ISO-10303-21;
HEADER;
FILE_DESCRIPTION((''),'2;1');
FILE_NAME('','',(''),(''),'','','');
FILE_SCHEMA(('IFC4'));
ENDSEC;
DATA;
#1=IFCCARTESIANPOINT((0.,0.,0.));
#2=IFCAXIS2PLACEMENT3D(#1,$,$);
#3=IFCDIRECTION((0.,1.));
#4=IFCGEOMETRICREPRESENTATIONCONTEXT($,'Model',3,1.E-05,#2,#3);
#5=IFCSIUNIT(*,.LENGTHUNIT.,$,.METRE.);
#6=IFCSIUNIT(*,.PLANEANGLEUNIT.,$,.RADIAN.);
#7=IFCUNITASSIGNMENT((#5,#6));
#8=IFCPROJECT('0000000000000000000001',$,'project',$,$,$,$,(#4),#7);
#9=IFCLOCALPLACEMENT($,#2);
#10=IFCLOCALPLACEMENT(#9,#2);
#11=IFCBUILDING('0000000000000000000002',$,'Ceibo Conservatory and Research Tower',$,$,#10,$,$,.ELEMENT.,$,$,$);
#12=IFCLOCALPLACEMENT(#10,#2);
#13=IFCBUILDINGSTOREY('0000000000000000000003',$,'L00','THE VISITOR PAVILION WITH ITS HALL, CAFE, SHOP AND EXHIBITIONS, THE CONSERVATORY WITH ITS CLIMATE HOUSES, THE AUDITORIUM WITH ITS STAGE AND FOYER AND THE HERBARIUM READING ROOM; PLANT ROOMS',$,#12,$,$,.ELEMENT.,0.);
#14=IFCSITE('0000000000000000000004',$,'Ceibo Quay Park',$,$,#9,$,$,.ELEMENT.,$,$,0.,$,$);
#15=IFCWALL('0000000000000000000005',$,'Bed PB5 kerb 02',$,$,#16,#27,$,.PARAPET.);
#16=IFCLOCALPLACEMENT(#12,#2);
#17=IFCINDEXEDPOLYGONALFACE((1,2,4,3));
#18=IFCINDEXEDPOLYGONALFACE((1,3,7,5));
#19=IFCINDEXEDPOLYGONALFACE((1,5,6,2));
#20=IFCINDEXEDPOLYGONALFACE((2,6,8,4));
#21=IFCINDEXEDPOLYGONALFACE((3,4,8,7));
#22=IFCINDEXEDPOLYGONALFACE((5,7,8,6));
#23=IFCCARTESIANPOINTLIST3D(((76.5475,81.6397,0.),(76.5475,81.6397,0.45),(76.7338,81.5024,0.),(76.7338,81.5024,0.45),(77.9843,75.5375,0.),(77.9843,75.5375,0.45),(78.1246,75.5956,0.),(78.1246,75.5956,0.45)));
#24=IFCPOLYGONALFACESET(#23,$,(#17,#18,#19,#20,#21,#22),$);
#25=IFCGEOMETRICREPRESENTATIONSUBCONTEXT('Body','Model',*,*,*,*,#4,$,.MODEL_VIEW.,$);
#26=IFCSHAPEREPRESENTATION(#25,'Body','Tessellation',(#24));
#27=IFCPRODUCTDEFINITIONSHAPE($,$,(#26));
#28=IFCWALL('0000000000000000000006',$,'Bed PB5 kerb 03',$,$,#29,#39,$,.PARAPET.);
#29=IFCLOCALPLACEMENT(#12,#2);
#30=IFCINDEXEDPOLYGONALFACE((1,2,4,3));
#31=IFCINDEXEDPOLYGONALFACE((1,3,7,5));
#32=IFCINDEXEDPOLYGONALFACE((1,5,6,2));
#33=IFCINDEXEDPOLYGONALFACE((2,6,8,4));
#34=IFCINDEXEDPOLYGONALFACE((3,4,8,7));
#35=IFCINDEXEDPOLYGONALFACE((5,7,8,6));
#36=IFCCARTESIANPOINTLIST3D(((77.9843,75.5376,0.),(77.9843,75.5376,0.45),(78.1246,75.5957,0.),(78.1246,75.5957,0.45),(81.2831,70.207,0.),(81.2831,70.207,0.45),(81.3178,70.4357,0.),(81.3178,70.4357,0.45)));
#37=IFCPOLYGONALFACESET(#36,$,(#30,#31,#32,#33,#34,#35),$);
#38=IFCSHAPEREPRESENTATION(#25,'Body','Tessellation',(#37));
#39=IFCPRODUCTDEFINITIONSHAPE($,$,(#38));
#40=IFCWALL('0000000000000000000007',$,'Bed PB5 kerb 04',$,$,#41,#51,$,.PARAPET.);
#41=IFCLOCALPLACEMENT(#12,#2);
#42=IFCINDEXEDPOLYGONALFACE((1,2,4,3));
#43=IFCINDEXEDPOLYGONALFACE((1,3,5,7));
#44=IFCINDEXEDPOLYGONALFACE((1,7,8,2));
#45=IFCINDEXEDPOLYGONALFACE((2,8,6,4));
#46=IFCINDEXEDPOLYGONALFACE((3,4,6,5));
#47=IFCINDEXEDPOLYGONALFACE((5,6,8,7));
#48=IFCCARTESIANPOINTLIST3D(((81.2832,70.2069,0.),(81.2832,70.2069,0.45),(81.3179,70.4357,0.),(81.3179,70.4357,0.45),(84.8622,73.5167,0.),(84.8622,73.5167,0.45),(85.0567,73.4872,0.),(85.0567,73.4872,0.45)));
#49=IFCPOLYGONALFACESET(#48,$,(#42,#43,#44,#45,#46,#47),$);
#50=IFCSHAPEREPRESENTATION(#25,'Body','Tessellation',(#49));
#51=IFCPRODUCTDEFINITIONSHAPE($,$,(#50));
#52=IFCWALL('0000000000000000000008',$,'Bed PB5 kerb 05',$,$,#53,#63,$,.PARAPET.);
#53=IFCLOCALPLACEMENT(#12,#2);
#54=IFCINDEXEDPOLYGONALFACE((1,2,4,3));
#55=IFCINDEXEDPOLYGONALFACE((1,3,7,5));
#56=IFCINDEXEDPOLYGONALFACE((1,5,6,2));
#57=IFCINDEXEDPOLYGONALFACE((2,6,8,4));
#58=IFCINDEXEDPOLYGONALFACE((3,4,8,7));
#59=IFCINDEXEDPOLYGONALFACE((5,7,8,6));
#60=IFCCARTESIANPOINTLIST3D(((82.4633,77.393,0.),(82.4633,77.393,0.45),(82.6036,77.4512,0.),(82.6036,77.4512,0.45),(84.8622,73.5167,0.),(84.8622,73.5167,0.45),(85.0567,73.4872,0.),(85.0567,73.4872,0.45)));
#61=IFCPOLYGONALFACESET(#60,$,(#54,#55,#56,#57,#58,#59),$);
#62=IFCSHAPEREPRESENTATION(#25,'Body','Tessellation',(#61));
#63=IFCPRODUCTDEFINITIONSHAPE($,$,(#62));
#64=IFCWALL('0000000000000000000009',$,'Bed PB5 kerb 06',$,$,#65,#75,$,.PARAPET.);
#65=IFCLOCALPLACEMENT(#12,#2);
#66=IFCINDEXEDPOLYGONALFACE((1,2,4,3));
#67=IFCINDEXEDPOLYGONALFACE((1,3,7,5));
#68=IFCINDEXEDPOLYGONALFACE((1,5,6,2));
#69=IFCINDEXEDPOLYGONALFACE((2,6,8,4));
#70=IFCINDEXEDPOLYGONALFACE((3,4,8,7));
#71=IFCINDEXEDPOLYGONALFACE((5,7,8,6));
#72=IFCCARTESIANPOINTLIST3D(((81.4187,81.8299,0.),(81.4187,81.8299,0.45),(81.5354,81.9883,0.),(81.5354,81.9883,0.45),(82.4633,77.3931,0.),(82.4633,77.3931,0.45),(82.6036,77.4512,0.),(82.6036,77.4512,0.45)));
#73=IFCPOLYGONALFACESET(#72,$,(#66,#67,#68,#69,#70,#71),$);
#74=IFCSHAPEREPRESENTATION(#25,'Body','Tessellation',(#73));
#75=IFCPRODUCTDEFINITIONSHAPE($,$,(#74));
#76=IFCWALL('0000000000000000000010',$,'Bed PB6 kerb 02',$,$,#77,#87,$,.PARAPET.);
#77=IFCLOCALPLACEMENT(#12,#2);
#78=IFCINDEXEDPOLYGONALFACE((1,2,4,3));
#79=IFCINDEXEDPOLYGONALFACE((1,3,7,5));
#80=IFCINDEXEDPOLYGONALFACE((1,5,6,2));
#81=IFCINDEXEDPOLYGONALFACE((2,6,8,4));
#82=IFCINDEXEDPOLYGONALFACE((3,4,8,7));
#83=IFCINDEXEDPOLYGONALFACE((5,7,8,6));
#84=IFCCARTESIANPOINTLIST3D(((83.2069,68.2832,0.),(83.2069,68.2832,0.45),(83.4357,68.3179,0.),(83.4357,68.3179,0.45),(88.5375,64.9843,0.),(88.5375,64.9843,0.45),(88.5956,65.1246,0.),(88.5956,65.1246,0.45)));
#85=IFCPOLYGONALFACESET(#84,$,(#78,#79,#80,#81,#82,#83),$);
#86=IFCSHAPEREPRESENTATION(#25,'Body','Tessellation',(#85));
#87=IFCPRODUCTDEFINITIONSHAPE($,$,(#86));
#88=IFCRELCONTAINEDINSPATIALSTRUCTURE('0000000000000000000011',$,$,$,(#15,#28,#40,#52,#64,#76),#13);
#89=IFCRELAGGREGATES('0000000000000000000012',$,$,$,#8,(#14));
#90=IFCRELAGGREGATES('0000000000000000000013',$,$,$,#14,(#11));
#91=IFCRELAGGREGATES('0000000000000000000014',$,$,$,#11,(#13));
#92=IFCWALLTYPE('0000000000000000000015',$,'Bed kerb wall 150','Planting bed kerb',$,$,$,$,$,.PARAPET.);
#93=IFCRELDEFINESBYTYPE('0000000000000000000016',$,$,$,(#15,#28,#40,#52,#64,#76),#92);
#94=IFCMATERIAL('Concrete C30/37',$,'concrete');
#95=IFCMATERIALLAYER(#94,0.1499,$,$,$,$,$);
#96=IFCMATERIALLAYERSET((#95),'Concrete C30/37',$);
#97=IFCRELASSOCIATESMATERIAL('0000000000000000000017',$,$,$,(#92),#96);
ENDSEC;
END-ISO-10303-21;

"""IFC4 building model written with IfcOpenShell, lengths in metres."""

from ifc_helpers import new_model, si_unit, direction, frame, origin, place, context, subcontext, project, spatial, polyline, outline, extrude, material, layer, layer_set, type_object, element, save


model = new_model("IFC4")

# Units and contexts
model_context = context("Model", 3, precision=1e-05, world=origin(), true_north=direction((0.0, 1.0)))
body_context = subcontext(model_context, "Body", "Model", "MODEL_VIEW")
ifc_project = project(units=[si_unit("LENGTHUNIT", "METRE"), si_unit("PLANEANGLEUNIT", "RADIAN")], contexts=[model_context])

# Site, building, storey
site_placement = place(None, origin())
site = spatial("IfcSite", under=ifc_project, at=site_placement, Name="Ceibo Quay Park", CompositionType="ELEMENT", RefElevation=0.0)
building_placement = place(site_placement, origin())
building = spatial("IfcBuilding", under=site, at=building_placement, Name="Ceibo Conservatory and Research Tower", CompositionType="ELEMENT")
storey_placement = place(building_placement, origin())
storey = spatial("IfcBuildingStorey", under=building, at=storey_placement, Name="L00", Description="THE VISITOR PAVILION WITH ITS HALL, CAFE, SHOP AND EXHIBITIONS, THE CONSERVATORY WITH ITS CLIMATE HOUSES, THE AUDITORIUM WITH ITS STAGE AND FOYER AND THE HERBARIUM READING ROOM; PLANT ROOMS", CompositionType="ELEMENT", Elevation=0.0)

# Walls
ifc_material_1 = material(Name="Concrete C30/37", Category="concrete")
ifc_layer_1 = layer(ifc_material_1, 0.1499)
ifc_layer_set_1 = layer_set([ifc_layer_1], Name="Concrete C30/37")
wall_type_1 = type_object("IfcWallType", Name="Bed kerb wall 150", Description="Planting bed kerb", PredefinedType="PARAPET", material=ifc_layer_set_1)
wall_1_placement = place(storey_placement, frame((76.6406, 81.571, 0.0), z_axis=(0.0, 0.0, 1.0), x_axis=(0.229196, -0.97338, 0.0)))
element("IfcWall", 1, at=wall_1_placement, inside=storey, type_object=wall_type_1, Name="Bed PB5 kerb 02", PredefinedType="PARAPET", context=body_context, shape_type="SweptSolid", body=[
    extrude(outline(polyline([(-0.0881, -0.075), (6.1809, -0.075), (6.1565, 0.075), (0.0881, 0.075), (-0.0881, -0.075)])), origin(), (0.0, 0.0, 1.0), 0.45),
])
wall_2_placement = place(storey_placement, frame((78.0544, 75.5667, 0.0), z_axis=(0.0, 0.0, 1.0), x_axis=(0.526233, -0.85034, 0.0)))
element("IfcWall", 2, at=wall_2_placement, inside=storey, type_object=wall_type_1, Name="Bed PB5 kerb 03", PredefinedType="PARAPET", context=body_context, shape_type="SweptSolid", body=[
    extrude(outline(polyline([(-0.0122, -0.075), (6.2566, -0.075), (6.0803, 0.075), (0.0122, 0.075), (-0.0122, -0.075)])), origin(), (0.0, 0.0, 1.0), 0.45),
])
wall_3_placement = place(storey_placement, frame((81.3005, 70.3213, 0.0), z_axis=(0.0, 0.0, 1.0), x_axis=(0.75471, 0.656059, 0.0)))
element("IfcWall", 3, at=wall_3_placement, inside=storey, type_object=wall_type_1, Name="Bed PB5 kerb 04", PredefinedType="PARAPET", context=body_context, shape_type="SweptSolid", body=[
    extrude(outline(polyline([(-0.0881, -0.075), (4.9119, -0.075), (4.7844, 0.075), (0.0881, 0.075), (-0.0881, -0.075)])), origin(), (0.0, 0.0, 1.0), 0.45),
])
wall_4_placement = place(storey_placement, frame((84.9595, 73.502, 0.0), z_axis=(0.0, 0.0, 1.0), x_axis=(-0.526238, 0.850337, 0.0)))
element("IfcWall", 4, at=wall_4_placement, inside=storey, type_object=wall_type_1, Name="Bed PB5 kerb 05", PredefinedType="PARAPET", context=body_context, shape_type="SweptSolid", body=[
    extrude(outline(polyline([(-0.0637, -0.075), (4.5979, -0.075), (4.6223, 0.075), (0.0637, 0.075), (-0.0637, -0.075)])), origin(), (0.0, 0.0, 1.0), 0.45),
])
wall_5_placement = place(storey_placement, frame((82.5334, 77.4221, 0.0), z_axis=(0.0, 0.0, 1.0), x_axis=(-0.229166, 0.973387, 0.0)))
element("IfcWall", 5, at=wall_5_placement, inside=storey, type_object=wall_type_1, Name="Bed PB5 kerb 06", PredefinedType="PARAPET", context=body_context, shape_type="SweptSolid", body=[
    extrude(outline(polyline([(0.0122, -0.075), (4.6733, -0.075), (4.5459, 0.075), (-0.0122, 0.075), (0.0122, -0.075)])), origin(), (0.0, 0.0, 1.0), 0.45),
])
wall_6_placement = place(storey_placement, frame((83.3213, 68.3005, 0.0), z_axis=(0.0, 0.0, 1.0), x_axis=(0.85034, -0.526233, 0.0)))
element("IfcWall", 6, at=wall_6_placement, inside=storey, type_object=wall_type_1, Name="Bed PB6 kerb 02", PredefinedType="PARAPET", context=body_context, shape_type="SweptSolid", body=[
    extrude(outline(polyline([(-0.0881, -0.075), (6.1807, -0.075), (6.1562, 0.075), (0.0881, 0.075), (-0.0881, -0.075)])), origin(), (0.0, 0.0, 1.0), 0.45),
])

save(model, "model.ifc")
